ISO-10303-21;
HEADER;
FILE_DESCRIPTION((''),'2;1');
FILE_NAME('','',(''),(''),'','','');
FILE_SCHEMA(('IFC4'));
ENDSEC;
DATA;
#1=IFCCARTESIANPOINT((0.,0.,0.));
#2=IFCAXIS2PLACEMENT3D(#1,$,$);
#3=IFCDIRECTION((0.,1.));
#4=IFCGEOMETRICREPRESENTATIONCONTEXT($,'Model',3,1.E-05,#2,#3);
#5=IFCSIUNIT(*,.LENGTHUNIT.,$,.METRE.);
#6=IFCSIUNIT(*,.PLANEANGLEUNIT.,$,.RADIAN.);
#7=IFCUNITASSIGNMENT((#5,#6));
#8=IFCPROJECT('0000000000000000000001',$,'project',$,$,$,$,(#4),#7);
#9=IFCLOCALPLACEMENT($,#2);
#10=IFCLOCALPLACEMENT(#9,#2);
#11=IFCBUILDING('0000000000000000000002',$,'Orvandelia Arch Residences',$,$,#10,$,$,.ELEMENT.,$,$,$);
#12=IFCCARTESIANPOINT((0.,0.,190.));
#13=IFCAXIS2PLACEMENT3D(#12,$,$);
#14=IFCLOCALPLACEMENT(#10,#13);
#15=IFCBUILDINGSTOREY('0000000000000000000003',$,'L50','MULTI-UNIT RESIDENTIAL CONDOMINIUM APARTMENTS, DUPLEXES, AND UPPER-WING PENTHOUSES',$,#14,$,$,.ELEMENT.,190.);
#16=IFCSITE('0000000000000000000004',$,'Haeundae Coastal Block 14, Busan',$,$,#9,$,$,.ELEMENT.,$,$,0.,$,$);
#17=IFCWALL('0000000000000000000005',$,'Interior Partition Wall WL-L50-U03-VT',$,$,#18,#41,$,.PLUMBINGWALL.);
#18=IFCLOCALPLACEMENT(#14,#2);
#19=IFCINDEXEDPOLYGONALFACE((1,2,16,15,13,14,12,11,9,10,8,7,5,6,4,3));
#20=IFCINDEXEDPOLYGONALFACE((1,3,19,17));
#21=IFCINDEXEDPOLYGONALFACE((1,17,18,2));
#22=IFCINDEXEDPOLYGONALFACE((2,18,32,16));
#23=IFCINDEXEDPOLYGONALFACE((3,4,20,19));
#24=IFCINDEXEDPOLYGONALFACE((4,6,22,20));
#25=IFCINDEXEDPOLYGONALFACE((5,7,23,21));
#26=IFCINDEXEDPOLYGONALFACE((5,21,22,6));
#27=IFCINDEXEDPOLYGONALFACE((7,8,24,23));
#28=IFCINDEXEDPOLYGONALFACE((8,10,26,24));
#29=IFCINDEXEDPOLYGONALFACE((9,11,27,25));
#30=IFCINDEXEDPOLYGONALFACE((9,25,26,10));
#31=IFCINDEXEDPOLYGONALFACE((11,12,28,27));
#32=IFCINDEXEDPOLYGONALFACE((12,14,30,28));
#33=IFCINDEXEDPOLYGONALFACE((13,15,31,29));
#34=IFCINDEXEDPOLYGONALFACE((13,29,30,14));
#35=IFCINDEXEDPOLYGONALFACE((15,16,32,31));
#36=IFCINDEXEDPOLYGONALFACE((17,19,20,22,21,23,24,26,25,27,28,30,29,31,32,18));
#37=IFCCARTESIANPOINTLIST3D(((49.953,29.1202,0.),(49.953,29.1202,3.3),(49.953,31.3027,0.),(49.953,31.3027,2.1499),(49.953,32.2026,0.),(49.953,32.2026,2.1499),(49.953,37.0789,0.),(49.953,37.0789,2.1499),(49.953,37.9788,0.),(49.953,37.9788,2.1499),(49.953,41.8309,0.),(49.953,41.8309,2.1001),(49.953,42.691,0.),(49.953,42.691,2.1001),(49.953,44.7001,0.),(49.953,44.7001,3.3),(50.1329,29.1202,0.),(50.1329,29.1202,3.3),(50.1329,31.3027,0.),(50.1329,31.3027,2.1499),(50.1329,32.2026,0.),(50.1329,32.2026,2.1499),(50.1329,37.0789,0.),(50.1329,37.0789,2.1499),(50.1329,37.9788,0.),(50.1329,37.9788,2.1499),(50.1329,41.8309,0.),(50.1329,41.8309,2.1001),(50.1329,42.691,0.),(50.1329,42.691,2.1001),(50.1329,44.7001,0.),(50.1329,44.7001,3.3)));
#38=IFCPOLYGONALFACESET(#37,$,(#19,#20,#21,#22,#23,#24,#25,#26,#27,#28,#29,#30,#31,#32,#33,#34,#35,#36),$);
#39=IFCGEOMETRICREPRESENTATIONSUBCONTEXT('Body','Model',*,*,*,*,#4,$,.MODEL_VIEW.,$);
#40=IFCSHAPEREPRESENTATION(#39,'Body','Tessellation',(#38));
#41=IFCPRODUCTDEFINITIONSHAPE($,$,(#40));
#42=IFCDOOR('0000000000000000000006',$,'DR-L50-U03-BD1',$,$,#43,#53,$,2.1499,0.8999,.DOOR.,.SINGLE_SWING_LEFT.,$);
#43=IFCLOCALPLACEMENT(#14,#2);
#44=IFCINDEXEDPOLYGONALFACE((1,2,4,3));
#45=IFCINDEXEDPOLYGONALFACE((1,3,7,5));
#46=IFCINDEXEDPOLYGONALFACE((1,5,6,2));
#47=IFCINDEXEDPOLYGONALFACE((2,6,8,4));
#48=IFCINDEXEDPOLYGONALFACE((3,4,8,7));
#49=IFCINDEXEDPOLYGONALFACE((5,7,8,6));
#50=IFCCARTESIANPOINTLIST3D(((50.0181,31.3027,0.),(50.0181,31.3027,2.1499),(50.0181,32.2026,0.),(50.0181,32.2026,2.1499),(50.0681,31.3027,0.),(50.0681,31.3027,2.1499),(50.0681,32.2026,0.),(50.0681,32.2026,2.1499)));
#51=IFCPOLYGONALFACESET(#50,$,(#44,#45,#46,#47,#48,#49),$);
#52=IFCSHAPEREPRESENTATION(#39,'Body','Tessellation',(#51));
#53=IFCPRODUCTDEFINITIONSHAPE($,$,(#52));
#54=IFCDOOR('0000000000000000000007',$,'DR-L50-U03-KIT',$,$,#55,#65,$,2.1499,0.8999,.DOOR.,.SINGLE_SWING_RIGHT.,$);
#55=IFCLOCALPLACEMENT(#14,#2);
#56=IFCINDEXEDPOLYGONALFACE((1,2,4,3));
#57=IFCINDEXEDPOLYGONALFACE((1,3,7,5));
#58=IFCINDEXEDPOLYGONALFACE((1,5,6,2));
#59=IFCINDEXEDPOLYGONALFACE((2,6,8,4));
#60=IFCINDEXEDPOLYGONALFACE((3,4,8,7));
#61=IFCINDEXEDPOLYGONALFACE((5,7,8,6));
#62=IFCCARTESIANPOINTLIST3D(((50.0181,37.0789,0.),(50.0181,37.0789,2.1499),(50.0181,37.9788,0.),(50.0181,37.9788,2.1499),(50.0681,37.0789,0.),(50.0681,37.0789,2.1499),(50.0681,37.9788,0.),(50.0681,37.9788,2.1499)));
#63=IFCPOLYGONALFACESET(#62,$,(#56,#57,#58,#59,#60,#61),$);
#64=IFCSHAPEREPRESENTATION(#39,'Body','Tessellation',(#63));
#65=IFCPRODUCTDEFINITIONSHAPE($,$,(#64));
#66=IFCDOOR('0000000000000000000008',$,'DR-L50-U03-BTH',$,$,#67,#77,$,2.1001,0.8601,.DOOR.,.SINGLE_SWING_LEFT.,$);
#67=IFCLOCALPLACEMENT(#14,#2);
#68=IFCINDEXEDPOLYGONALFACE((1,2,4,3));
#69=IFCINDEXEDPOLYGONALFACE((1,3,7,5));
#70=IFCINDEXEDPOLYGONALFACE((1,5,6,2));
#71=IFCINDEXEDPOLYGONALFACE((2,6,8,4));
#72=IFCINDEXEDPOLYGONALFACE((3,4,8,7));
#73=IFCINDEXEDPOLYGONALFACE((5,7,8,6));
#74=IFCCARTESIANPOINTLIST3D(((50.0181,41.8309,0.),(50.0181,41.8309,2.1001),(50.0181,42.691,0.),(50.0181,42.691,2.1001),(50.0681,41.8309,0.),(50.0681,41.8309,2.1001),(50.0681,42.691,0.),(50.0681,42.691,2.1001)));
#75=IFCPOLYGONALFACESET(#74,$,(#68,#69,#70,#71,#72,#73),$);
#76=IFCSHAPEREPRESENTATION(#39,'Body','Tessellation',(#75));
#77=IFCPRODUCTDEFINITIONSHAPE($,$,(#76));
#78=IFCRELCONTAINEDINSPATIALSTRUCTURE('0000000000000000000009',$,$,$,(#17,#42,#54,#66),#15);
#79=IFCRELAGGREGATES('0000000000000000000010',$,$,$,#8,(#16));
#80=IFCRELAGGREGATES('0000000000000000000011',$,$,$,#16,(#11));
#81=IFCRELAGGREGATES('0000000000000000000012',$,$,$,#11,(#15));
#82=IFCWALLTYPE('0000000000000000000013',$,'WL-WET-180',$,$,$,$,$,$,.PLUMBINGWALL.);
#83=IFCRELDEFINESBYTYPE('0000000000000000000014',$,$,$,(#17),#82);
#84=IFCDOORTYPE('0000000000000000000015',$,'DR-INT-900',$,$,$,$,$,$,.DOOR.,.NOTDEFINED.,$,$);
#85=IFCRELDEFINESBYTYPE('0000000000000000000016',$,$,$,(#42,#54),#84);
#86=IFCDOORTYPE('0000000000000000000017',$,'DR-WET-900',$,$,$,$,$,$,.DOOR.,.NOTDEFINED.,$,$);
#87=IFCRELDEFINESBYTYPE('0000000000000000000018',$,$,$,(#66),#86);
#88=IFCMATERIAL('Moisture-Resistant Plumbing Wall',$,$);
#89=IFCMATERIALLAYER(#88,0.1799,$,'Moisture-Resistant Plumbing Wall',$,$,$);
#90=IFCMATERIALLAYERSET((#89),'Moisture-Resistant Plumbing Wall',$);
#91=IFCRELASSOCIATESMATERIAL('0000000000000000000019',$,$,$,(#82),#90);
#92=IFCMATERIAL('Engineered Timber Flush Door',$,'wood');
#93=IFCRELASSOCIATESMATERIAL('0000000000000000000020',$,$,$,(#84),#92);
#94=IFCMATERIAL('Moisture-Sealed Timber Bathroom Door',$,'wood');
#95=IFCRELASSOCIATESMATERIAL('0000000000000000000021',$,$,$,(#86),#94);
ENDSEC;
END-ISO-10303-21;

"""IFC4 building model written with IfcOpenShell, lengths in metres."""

from ifc_helpers import new_model, si_unit, direction, frame, frame_2d, origin, place, context, subcontext, project, spatial, rectangle, extrude, material, layer, layer_set, type_object, element, fill, save


model = new_model("IFC4")

# Units and contexts
model_context = context("Model", 3, precision=1e-05, world=origin(), true_north=direction((0.0, 1.0)))
body_context = subcontext(model_context, "Body", "Model", "MODEL_VIEW")
ifc_project = project(units=[si_unit("LENGTHUNIT", "METRE"), si_unit("PLANEANGLEUNIT", "RADIAN")], contexts=[model_context])

# Site, building, storey
site_placement = place(None, origin())
site = spatial("IfcSite", under=ifc_project, at=site_placement, Name="Haeundae Coastal Block 14, Busan", CompositionType="ELEMENT", RefElevation=0.0)
building_placement = place(site_placement, origin())
building = spatial("IfcBuilding", under=site, at=building_placement, Name="Orvandelia Arch Residences", CompositionType="ELEMENT")
storey_placement = place(building_placement, frame((0.0, 0.0, 190.0)))
storey = spatial("IfcBuildingStorey", under=building, at=storey_placement, Name="L50", Description="MULTI-UNIT RESIDENTIAL CONDOMINIUM APARTMENTS, DUPLEXES, AND UPPER-WING PENTHOUSES", CompositionType="ELEMENT", Elevation=190.0)

# Wall, openings, doors
ifc_material_1 = material(Name="Moisture-Resistant Plumbing Wall")
ifc_layer_1 = layer(ifc_material_1, 0.1799, Name="Moisture-Resistant Plumbing Wall")
ifc_layer_set_1 = layer_set([ifc_layer_1], Name="Moisture-Resistant Plumbing Wall")
wall_type_1 = type_object("IfcWallType", Name="WL-WET-180", PredefinedType="PLUMBINGWALL", material=ifc_layer_set_1)
wall_1_placement = place(storey_placement, frame((50.043, 29.1201, 0.0), z_axis=(0.0, 0.0, 1.0), x_axis=(0.0, 1.0, 0.0)))
wall_1 = element("IfcWall", 1, at=wall_1_placement, inside=storey, type_object=wall_type_1, Name="Interior Partition Wall WL-L50-U03-VT", PredefinedType="PLUMBINGWALL", context=body_context, shape_type="SweptSolid", body=[
    extrude(rectangle(XDim=15.5798, YDim=0.1799, at=frame_2d((7.79, 0.0))), origin(), (0.0, 0.0, 1.0), 3.3),
])
opening_1_placement = place(wall_1_placement, frame((2.1826, 0.0, 0.0)))
opening_1 = element("IfcOpeningElement", 2, at=opening_1_placement, cuts=wall_1, PredefinedType="OPENING", context=body_context, shape_type="SweptSolid", body=[
    extrude(rectangle(XDim=0.8999, YDim=2.1499, at=frame_2d((0.45, 1.075))), frame((0.0, 0.1001, 0.0), z_axis=(0.0, -1.0, 0.0), x_axis=(1.0, 0.0, 0.0)), (0.0, 0.0, 1.0), 0.2),
])
opening_2_placement = place(wall_1_placement, frame((7.9587, 0.0, 0.0)))
opening_2 = element("IfcOpeningElement", 3, at=opening_2_placement, cuts=wall_1, PredefinedType="OPENING", context=body_context, shape_type="SweptSolid", body=[
    extrude(rectangle(XDim=0.8999, YDim=2.1499, at=frame_2d((0.45, 1.075))), frame((0.0, 0.1001, 0.0), z_axis=(0.0, -1.0, 0.0), x_axis=(1.0, 0.0, 0.0)), (0.0, 0.0, 1.0), 0.2),
])
opening_3_placement = place(wall_1_placement, frame((12.7107, 0.0, 0.0)))
opening_3 = element("IfcOpeningElement", 4, at=opening_3_placement, cuts=wall_1, PredefinedType="OPENING", context=body_context, shape_type="SweptSolid", body=[
    extrude(rectangle(XDim=0.8601, YDim=2.1001, at=frame_2d((0.4302, 1.05))), frame((0.0, 0.1001, 0.0), z_axis=(0.0, -1.0, 0.0), x_axis=(1.0, 0.0, 0.0)), (0.0, 0.0, 1.0), 0.2),
])
ifc_material_2 = material(Name="Engineered Timber Flush Door", Category="wood")
door_type_1 = type_object("IfcDoorType", Name="DR-INT-900", OperationType="NOTDEFINED", PredefinedType="DOOR", material=ifc_material_2)
door_1_placement = place(opening_1_placement, origin())
door_1 = element("IfcDoor", 5, at=door_1_placement, inside=storey, type_object=door_type_1, Name="DR-L50-U03-BD1", OperationType="SINGLE_SWING_LEFT", OverallHeight=2.1499, OverallWidth=0.8999, PredefinedType="DOOR", context=body_context, shape_type="SweptSolid", body=[
    extrude(rectangle(XDim=0.8999, YDim=2.1499, at=frame_2d((0.45, 1.075))), frame((0.0, 0.0249, 0.0), z_axis=(0.0, -1.0, 0.0), x_axis=(1.0, 0.0, 0.0)), (0.0, 0.0, 1.0), 0.05),
])
fill(opening_1, door_1)
door_2_placement = place(opening_2_placement, origin())
door_2 = element("IfcDoor", 6, at=door_2_placement, inside=storey, type_object=door_type_1, Name="DR-L50-U03-KIT", OperationType="SINGLE_SWING_RIGHT", OverallHeight=2.1499, OverallWidth=0.8999, PredefinedType="DOOR", context=body_context, shape_type="SweptSolid", body=[
    extrude(rectangle(XDim=0.8999, YDim=2.1499, at=frame_2d((0.45, 1.075))), frame((0.0, 0.0249, 0.0), z_axis=(0.0, -1.0, 0.0), x_axis=(1.0, 0.0, 0.0)), (0.0, 0.0, 1.0), 0.05),
])
fill(opening_2, door_2)
ifc_material_3 = material(Name="Moisture-Sealed Timber Bathroom Door", Category="wood")
door_type_2 = type_object("IfcDoorType", Name="DR-WET-900", OperationType="NOTDEFINED", PredefinedType="DOOR", material=ifc_material_3)
door_3_placement = place(opening_3_placement, origin())
door_3 = element("IfcDoor", 7, at=door_3_placement, inside=storey, type_object=door_type_2, Name="DR-L50-U03-BTH", OperationType="SINGLE_SWING_LEFT", OverallHeight=2.1001, OverallWidth=0.8601, PredefinedType="DOOR", context=body_context, shape_type="SweptSolid", body=[
    extrude(rectangle(XDim=0.8601, YDim=2.1001, at=frame_2d((0.4302, 1.05))), frame((0.0, 0.0249, 0.0), z_axis=(0.0, -1.0, 0.0), x_axis=(1.0, 0.0, 0.0)), (0.0, 0.0, 1.0), 0.05),
])
fill(opening_3, door_3)

save(model, "model.ifc")
